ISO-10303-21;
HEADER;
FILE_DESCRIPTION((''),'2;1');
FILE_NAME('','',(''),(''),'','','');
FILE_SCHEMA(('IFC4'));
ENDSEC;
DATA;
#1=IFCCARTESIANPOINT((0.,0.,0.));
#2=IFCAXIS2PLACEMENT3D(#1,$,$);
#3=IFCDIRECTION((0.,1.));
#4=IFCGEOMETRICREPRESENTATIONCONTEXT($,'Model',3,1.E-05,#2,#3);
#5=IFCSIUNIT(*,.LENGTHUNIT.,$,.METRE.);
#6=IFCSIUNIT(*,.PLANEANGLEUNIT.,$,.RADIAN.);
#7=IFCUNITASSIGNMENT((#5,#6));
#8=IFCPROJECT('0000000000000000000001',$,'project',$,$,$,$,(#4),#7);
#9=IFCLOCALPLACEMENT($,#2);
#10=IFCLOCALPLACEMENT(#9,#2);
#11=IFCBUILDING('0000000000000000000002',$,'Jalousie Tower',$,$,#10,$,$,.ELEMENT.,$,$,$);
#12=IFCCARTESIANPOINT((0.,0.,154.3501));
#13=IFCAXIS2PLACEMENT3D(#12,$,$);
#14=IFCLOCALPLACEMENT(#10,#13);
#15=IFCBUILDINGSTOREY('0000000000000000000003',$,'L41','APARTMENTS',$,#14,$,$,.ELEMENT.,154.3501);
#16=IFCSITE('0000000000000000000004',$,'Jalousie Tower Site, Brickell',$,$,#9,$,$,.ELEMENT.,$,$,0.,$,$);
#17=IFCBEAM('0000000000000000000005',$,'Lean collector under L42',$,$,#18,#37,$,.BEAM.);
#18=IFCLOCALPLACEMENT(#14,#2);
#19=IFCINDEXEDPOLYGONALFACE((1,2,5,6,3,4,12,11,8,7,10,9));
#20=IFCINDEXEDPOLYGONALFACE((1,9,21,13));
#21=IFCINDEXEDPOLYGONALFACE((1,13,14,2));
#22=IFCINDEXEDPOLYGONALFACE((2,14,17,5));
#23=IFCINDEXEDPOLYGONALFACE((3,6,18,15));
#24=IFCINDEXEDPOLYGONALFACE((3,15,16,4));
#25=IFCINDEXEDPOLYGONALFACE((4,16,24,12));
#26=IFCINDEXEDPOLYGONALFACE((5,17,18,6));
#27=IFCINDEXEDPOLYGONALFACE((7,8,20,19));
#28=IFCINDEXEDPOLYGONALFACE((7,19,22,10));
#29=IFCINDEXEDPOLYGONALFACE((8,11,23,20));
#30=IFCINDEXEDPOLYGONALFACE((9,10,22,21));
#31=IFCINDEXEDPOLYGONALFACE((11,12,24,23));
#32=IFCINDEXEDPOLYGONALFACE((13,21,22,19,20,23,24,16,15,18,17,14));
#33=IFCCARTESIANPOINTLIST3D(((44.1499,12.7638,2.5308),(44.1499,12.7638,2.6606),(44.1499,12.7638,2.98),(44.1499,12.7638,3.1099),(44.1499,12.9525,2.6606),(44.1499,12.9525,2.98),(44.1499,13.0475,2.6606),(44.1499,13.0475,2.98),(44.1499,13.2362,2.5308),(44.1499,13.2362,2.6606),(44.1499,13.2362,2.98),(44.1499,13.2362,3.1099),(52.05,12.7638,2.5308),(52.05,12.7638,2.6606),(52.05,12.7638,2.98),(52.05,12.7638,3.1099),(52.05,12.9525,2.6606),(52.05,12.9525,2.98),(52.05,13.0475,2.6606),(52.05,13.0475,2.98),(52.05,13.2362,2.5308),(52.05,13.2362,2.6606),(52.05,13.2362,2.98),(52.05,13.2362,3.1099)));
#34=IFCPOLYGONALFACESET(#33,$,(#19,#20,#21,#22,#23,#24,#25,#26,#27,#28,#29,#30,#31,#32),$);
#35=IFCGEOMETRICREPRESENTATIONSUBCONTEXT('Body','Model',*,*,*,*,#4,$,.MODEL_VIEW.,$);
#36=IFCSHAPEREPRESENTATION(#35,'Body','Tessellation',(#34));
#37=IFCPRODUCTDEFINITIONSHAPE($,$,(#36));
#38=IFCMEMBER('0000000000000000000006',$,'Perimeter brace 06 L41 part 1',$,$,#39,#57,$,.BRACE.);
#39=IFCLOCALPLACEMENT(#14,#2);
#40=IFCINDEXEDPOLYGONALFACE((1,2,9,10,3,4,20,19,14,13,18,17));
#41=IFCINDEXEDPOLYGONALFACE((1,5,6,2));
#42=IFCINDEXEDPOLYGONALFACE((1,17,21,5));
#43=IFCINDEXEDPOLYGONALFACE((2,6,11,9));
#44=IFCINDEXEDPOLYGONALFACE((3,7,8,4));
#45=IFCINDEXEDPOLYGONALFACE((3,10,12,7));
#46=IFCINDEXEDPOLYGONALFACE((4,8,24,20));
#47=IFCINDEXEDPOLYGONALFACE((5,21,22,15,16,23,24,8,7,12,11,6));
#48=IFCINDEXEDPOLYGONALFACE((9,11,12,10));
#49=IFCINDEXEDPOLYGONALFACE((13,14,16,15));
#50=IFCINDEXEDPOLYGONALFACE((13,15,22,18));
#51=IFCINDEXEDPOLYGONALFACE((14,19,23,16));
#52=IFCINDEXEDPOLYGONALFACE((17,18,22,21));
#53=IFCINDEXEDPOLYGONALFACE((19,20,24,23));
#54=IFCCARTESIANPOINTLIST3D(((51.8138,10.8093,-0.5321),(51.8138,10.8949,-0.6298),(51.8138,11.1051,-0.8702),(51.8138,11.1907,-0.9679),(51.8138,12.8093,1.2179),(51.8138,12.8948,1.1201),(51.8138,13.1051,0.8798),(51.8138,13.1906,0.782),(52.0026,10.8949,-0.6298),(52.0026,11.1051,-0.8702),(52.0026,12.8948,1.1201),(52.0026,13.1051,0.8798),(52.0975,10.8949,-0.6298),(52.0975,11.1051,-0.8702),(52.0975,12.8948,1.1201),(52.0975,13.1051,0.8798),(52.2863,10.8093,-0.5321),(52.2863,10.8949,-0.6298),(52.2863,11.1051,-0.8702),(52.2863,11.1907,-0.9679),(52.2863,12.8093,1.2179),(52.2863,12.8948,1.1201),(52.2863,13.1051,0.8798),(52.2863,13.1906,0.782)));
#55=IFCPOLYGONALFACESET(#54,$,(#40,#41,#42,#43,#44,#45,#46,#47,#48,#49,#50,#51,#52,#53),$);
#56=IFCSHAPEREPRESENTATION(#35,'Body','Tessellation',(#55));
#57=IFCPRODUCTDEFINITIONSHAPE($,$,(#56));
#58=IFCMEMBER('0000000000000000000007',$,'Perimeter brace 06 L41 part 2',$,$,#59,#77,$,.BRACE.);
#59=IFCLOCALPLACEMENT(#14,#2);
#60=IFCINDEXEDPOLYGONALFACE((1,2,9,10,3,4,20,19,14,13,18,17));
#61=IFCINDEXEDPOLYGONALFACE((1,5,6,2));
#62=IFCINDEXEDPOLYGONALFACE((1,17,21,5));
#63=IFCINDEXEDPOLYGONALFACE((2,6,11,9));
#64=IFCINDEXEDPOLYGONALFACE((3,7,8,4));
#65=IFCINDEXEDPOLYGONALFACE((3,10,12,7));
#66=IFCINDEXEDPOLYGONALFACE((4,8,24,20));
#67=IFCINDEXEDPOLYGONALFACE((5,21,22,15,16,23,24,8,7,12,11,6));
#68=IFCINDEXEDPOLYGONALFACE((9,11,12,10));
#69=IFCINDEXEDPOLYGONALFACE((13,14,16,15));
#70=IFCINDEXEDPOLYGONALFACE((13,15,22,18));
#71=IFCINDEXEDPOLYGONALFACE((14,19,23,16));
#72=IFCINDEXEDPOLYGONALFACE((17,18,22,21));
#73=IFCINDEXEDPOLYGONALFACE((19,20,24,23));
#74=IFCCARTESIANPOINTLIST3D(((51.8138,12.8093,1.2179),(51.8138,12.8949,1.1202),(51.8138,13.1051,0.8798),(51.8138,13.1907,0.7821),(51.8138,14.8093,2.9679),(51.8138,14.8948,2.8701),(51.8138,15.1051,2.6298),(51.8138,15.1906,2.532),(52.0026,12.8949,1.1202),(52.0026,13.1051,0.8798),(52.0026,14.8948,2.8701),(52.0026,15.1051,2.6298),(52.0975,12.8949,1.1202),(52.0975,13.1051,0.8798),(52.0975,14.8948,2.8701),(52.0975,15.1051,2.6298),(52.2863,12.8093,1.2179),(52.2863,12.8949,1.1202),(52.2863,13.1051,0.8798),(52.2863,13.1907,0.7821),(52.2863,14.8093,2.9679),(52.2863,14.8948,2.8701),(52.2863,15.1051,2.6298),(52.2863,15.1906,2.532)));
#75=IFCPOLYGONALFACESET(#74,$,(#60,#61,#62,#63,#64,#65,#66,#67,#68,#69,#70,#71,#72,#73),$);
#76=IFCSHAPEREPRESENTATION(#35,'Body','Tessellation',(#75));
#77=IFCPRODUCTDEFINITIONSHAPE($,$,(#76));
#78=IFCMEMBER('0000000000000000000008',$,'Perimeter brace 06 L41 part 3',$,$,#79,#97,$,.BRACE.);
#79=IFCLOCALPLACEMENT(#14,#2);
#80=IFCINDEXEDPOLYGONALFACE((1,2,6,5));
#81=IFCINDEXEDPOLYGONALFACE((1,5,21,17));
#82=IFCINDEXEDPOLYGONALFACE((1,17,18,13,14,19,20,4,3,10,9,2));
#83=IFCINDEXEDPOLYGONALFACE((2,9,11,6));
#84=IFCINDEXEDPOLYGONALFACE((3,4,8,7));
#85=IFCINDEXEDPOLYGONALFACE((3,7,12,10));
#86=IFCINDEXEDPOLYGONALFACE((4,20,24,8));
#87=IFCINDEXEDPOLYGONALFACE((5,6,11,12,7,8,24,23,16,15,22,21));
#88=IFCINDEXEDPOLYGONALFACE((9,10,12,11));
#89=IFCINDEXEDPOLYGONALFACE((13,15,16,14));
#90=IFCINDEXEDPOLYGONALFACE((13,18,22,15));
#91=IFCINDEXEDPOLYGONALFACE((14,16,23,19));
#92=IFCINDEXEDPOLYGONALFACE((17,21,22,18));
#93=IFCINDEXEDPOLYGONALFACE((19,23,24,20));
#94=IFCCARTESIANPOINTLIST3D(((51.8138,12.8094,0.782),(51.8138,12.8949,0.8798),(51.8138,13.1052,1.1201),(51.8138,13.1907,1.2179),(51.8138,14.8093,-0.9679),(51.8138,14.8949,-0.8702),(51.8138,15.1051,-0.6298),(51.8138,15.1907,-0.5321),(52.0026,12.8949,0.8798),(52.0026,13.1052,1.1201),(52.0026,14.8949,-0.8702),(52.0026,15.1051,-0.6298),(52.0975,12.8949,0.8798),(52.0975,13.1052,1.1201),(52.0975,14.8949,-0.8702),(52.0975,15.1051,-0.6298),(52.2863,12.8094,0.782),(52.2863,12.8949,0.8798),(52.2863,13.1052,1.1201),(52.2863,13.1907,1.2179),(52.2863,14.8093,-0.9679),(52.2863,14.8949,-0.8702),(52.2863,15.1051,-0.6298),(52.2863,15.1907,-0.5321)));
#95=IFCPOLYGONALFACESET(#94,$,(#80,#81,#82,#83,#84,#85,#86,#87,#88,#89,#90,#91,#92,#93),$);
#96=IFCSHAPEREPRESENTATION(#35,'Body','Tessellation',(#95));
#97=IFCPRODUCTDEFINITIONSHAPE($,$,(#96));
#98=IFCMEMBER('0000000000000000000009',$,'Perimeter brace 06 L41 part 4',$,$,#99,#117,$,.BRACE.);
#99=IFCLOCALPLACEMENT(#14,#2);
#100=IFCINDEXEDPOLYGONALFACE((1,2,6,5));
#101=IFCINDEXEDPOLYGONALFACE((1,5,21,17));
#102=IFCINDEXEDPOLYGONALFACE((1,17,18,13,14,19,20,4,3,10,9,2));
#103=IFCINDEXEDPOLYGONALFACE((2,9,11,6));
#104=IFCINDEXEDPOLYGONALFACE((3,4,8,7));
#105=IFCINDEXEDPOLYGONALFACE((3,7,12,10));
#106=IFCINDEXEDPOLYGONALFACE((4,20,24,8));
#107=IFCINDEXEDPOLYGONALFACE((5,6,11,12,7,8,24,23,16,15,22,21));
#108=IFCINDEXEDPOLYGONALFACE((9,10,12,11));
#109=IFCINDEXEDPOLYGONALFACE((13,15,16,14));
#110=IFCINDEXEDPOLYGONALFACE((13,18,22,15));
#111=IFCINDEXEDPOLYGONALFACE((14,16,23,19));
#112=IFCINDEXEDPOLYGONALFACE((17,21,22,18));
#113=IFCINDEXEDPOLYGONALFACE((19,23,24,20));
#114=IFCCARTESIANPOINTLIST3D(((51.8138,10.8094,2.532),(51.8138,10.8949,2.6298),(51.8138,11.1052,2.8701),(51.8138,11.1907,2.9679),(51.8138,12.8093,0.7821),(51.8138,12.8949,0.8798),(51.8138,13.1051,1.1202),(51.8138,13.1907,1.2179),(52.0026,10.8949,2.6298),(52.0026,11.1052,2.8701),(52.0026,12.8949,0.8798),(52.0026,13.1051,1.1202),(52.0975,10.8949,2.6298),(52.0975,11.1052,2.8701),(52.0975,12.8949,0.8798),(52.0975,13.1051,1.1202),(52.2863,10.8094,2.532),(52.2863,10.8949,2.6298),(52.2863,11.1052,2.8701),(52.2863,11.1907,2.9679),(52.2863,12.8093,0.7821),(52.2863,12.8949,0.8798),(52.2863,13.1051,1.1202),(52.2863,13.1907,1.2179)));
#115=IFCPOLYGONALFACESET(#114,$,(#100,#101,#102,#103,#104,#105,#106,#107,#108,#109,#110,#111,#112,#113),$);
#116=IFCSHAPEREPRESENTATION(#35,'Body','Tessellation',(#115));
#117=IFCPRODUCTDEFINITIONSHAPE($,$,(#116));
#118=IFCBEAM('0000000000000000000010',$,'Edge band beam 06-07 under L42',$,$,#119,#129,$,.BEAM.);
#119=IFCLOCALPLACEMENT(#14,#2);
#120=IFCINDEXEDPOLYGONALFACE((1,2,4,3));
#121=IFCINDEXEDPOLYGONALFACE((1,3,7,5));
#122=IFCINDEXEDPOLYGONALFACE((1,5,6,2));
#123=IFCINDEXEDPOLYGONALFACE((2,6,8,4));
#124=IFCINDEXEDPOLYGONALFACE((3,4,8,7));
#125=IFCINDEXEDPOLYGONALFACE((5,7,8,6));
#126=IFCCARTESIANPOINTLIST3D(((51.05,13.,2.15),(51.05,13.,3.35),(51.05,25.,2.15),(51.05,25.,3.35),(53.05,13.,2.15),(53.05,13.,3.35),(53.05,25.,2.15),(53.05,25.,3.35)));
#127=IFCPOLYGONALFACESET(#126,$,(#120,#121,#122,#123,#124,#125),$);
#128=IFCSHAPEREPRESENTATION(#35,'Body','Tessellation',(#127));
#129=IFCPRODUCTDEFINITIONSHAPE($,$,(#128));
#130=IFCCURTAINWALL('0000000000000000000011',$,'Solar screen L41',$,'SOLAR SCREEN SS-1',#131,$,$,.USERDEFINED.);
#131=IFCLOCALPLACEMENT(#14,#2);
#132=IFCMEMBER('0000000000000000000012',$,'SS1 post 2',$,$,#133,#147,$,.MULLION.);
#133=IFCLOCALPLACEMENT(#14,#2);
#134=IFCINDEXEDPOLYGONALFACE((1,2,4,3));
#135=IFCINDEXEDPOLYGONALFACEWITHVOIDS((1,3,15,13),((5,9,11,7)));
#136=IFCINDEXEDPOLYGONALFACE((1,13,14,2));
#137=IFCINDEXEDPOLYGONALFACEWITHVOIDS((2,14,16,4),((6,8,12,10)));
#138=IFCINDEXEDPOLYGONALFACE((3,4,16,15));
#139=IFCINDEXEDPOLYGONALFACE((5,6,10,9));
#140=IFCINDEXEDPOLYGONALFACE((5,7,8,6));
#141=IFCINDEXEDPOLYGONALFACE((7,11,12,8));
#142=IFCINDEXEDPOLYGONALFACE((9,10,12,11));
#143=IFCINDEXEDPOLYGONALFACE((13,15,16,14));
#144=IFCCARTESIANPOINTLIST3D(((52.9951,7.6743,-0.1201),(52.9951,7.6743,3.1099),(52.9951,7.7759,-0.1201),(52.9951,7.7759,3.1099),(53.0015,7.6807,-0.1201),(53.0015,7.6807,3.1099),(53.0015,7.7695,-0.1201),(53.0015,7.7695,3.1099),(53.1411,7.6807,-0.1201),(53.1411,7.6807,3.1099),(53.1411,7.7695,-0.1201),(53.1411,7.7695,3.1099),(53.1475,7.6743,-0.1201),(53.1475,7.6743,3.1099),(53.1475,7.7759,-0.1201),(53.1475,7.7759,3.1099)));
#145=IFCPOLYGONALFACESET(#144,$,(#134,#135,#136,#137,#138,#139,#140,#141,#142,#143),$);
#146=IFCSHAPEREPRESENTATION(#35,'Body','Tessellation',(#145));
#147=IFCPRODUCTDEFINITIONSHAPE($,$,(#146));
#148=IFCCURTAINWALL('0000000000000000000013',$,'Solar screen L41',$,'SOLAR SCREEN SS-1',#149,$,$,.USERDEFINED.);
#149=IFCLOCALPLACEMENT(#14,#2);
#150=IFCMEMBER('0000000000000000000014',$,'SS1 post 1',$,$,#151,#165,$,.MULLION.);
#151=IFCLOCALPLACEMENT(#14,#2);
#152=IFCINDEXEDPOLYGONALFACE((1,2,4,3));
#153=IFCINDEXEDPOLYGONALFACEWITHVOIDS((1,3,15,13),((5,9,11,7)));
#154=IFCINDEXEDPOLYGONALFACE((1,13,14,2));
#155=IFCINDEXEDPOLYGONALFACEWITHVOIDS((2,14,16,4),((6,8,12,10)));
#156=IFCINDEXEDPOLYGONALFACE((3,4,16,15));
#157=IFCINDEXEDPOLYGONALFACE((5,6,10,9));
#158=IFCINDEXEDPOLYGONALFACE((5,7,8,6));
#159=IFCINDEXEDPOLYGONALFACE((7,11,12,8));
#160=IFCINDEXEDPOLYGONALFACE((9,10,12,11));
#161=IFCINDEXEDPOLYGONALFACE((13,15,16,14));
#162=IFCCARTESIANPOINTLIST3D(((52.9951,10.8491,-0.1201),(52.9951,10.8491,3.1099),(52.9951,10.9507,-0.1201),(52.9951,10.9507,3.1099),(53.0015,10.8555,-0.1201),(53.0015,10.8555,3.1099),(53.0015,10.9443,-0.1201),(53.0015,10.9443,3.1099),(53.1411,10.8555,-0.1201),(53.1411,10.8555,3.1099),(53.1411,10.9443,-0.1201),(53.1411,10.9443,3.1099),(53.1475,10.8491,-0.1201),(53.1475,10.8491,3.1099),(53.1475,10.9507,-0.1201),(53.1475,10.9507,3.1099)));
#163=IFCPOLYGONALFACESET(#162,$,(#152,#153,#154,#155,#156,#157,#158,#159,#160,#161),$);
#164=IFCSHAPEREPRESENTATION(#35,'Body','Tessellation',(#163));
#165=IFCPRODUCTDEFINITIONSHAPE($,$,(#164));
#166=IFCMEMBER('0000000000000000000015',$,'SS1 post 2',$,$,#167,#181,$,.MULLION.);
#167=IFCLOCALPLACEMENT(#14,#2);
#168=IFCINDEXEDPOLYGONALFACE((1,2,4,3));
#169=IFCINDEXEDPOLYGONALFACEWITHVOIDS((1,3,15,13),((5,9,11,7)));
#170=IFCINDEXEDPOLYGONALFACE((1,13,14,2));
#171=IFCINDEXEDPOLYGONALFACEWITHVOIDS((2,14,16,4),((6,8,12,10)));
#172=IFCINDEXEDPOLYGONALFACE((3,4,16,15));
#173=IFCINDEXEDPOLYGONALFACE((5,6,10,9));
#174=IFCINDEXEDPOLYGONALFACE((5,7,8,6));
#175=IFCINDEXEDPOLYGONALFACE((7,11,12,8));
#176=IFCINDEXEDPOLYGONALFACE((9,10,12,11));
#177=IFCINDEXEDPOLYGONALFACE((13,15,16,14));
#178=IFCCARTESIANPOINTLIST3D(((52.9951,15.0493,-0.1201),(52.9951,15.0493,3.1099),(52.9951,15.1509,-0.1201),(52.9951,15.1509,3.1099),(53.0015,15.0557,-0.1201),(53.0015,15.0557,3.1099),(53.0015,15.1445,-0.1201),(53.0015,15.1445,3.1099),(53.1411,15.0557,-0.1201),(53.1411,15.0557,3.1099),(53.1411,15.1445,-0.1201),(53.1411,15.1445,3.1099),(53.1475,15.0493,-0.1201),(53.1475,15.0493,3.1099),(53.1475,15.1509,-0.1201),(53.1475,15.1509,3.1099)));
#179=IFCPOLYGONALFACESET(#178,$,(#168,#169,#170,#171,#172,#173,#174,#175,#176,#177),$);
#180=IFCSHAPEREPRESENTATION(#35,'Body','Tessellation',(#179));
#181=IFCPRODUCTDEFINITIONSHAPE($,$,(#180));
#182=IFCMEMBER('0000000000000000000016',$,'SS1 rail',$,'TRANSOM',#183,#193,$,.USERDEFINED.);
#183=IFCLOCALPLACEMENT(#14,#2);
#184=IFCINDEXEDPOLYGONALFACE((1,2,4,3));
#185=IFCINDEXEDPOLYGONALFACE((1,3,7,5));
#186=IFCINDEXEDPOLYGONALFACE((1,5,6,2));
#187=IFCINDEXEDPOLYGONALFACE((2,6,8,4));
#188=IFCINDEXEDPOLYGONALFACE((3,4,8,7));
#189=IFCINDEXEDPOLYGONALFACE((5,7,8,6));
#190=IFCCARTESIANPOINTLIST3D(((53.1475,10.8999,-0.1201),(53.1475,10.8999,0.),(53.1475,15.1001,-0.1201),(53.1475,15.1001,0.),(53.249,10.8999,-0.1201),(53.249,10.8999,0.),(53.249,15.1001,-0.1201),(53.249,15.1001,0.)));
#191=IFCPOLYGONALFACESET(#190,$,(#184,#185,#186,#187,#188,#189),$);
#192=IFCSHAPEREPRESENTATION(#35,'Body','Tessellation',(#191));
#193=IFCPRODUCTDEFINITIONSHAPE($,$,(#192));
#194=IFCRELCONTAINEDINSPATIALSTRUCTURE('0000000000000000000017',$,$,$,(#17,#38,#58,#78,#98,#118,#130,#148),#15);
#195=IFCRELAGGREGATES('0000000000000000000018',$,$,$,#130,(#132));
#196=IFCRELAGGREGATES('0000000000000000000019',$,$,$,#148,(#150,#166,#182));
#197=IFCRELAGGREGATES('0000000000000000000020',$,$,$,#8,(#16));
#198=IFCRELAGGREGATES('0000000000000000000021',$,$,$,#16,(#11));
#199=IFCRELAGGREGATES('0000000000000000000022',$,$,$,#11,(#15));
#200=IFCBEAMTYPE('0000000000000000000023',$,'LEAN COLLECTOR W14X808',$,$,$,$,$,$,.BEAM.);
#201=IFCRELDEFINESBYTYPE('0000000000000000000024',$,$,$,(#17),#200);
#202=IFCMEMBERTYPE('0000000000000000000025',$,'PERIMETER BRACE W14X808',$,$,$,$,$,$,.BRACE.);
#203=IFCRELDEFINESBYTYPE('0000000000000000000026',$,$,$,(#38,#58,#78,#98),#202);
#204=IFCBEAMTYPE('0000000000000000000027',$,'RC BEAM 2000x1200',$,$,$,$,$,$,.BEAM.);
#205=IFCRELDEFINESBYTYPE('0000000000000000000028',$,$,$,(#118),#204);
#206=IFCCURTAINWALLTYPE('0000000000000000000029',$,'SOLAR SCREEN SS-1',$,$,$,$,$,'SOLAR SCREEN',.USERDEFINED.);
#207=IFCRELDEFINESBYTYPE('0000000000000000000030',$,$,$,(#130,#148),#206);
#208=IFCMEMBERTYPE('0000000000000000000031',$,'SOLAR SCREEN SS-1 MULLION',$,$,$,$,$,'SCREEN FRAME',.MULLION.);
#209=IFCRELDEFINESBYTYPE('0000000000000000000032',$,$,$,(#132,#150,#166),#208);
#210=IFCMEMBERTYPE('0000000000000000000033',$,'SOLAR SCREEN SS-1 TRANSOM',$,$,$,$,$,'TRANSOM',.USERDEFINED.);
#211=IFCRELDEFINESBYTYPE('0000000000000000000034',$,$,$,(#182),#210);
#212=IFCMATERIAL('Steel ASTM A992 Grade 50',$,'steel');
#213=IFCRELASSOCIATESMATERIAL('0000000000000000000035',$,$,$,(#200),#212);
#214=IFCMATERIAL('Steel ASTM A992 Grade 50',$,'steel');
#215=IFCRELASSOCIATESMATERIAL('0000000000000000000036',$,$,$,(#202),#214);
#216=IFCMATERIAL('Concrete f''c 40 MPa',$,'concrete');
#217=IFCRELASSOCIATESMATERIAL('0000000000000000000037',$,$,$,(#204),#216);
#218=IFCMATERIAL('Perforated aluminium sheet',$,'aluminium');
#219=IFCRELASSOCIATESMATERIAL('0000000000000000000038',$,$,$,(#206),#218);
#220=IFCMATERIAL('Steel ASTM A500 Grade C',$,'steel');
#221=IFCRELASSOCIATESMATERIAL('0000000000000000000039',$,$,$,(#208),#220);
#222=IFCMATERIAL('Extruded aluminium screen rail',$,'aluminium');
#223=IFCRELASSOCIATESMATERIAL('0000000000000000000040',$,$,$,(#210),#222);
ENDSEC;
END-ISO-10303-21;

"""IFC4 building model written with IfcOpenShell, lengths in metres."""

from ifc_helpers import new_model, si_unit, direction, frame, origin, origin_2d, place, context, subcontext, project, spatial, rectangle, hollow_rectangle, i_section, extrude, material, material_profile, profile_set, type_object, element, aggregate, save


model = new_model("IFC4")

# Units and contexts
model_context = context("Model", 3, precision=1e-05, world=origin(), true_north=direction((0.0, 1.0)))
body_context = subcontext(model_context, "Body", "Model", "MODEL_VIEW")
ifc_project = project(units=[si_unit("LENGTHUNIT", "METRE"), si_unit("PLANEANGLEUNIT", "RADIAN")], contexts=[model_context])

# Site, building, storey
site_placement = place(None, origin())
site = spatial("IfcSite", under=ifc_project, at=site_placement, Name="Jalousie Tower Site, Brickell", CompositionType="ELEMENT", RefElevation=0.0)
building_placement = place(site_placement, origin())
building = spatial("IfcBuilding", under=site, at=building_placement, Name="Jalousie Tower", CompositionType="ELEMENT")
storey_placement = place(building_placement, frame((0.0, 0.0, 154.3501)))
storey = spatial("IfcBuildingStorey", under=building, at=storey_placement, Name="L41", Description="APARTMENTS", CompositionType="ELEMENT", Elevation=154.3501)

# Beam
ifc_material_1 = material(Name="Steel ASTM A992 Grade 50", Category="steel")
ifc_material_profile_1 = material_profile(ifc_material_1, i_section(OverallWidth=0.4724, OverallDepth=0.5791, WebThickness=0.095, FlangeThickness=0.1299, at=origin_2d()), Name="W14X808")
ifc_profile_set_1 = profile_set([ifc_material_profile_1], Name="Steel ASTM A992 Grade 50")
beam_type_1 = type_object("IfcBeamType", Name="LEAN COLLECTOR W14X808", PredefinedType="BEAM", material=ifc_profile_set_1)
beam_1_placement = place(storey_placement, frame((52.05, 13.0, 2.8203), z_axis=(-1.0, 0.0, 0.0), x_axis=(0.0, -1.0, 0.0)))
element("IfcBeam", 1, at=beam_1_placement, inside=storey, type_object=beam_type_1, Name="Lean collector under L42", PredefinedType="BEAM", context=body_context, shape_type="SweptSolid", body=[
    extrude(i_section(OverallWidth=0.4724, OverallDepth=0.5791, WebThickness=0.095, FlangeThickness=0.1299, at=origin_2d()), origin(), (0.0, 0.0, 1.0), 7.9001),
])

# Members
ifc_material_2 = material(Name="Steel ASTM A992 Grade 50", Category="steel")
ifc_material_profile_2 = material_profile(ifc_material_2, i_section(OverallWidth=0.4724, OverallDepth=0.5791, WebThickness=0.095, FlangeThickness=0.1299, at=origin_2d()), Name="W14X808")
ifc_profile_set_2 = profile_set([ifc_material_profile_2], Name="Steel ASTM A992 Grade 50")
member_type_1 = type_object("IfcMemberType", Name="PERIMETER BRACE W14X808", PredefinedType="BRACE", material=ifc_profile_set_2)
for number, where, z_axis, x_axis, name in (
    (2, (52.05, 11.0, -0.75), (0.0, 0.752577, 0.658505), (-1.0, 0.0, 0.0), "Perimeter brace 06 L41 part 1"),
    (3, (52.05, 13.0, 1.0), (0.0, 0.752577, 0.658505), (-1.0, 0.0, 0.0), "Perimeter brace 06 L41 part 2"),
    (4, (52.05, 15.0, -0.75), (0.0, -0.752577, 0.658505), (1.0, 0.0, 0.0), "Perimeter brace 06 L41 part 3"),
    (5, (52.05, 13.0, 1.0), (0.0, -0.752577, 0.658505), (1.0, 0.0, 0.0), "Perimeter brace 06 L41 part 4"),
):
    element("IfcMember", number, at=place(storey_placement, frame(where, z_axis=z_axis, x_axis=x_axis)), inside=storey, type_object=member_type_1, Name=name, PredefinedType="BRACE", context=body_context, shape_type="SweptSolid", body=[
        extrude(i_section(OverallWidth=0.4724, OverallDepth=0.5791, WebThickness=0.095, FlangeThickness=0.1299, at=origin_2d()), origin(), (0.0, 0.0, 1.0), 2.6575),
    ])

# Beam
ifc_material_3 = material(Name="Concrete f'c 40 MPa", Category="concrete")
ifc_material_profile_3 = material_profile(ifc_material_3, rectangle(XDim=2.0, YDim=1.2, at=origin_2d()), Name="RC 2000x1200")
ifc_profile_set_3 = profile_set([ifc_material_profile_3], Name="Concrete f'c 40 MPa")
beam_type_2 = type_object("IfcBeamType", Name="RC BEAM 2000x1200", PredefinedType="BEAM", material=ifc_profile_set_3)
beam_2_placement = place(storey_placement, frame((52.05, 13.0, 2.75), z_axis=(0.0, 1.0, 0.0), x_axis=(-1.0, 0.0, 0.0)))
element("IfcBeam", 6, at=beam_2_placement, inside=storey, type_object=beam_type_2, Name="Edge band beam 06-07 under L42", PredefinedType="BEAM", context=body_context, shape_type="SweptSolid", body=[
    extrude(rectangle(XDim=2.0, YDim=1.2, at=origin_2d()), origin(), (0.0, 0.0, 1.0), 12.0),
])

# Curtain wall, member
ifc_material_4 = material(Name="Perforated aluminium sheet", Category="aluminium")
curtain_wall_type = type_object("IfcCurtainWallType", Name="SOLAR SCREEN SS-1", ElementType="SOLAR SCREEN", PredefinedType="USERDEFINED", material=ifc_material_4)
curtain_wall_1_placement = place(storey_placement, origin())
curtain_wall_1 = element("IfcCurtainWall", 7, at=curtain_wall_1_placement, inside=storey, type_object=curtain_wall_type, Name="Solar screen L41", ObjectType="SOLAR SCREEN SS-1", PredefinedType="USERDEFINED")
ifc_material_5 = material(Name="Steel ASTM A500 Grade C", Category="steel")
ifc_material_profile_4 = material_profile(ifc_material_5, hollow_rectangle(XDim=0.1016, YDim=0.1523, WallThickness=0.0063, at=origin_2d()), Name="HSS6X4X1/4")
ifc_profile_set_4 = profile_set([ifc_material_profile_4], Name="Steel ASTM A500 Grade C")
member_type_2 = type_object("IfcMemberType", Name="SOLAR SCREEN SS-1 MULLION", ElementType="SCREEN FRAME", PredefinedType="MULLION", material=ifc_profile_set_4)
member_1_placement = place(storey_placement, frame((53.0713, 7.7251, -0.1201), z_axis=(0.0, 0.0, 1.0), x_axis=(0.0, 1.0, 0.0)))
member_1 = element("IfcMember", 8, at=member_1_placement, type_object=member_type_2, Name="SS1 post 2", PredefinedType="MULLION", context=body_context, shape_type="SweptSolid", body=[
    extrude(hollow_rectangle(XDim=0.1016, YDim=0.1523, WallThickness=0.0063, at=origin_2d()), origin(), (0.0, 0.0, 1.0), 3.23),
])

# Curtain wall, members
curtain_wall_2_placement = place(storey_placement, origin())
curtain_wall_2 = element("IfcCurtainWall", 9, at=curtain_wall_2_placement, inside=storey, type_object=curtain_wall_type, Name="Solar screen L41", ObjectType="SOLAR SCREEN SS-1", PredefinedType="USERDEFINED")
member_2_placement = place(storey_placement, frame((53.0713, 10.8999, -0.1201), z_axis=(0.0, 0.0, 1.0), x_axis=(0.0, 1.0, 0.0)))
member_2 = element("IfcMember", 10, at=member_2_placement, type_object=member_type_2, Name="SS1 post 1", PredefinedType="MULLION", context=body_context, shape_type="SweptSolid", body=[
    extrude(hollow_rectangle(XDim=0.1016, YDim=0.1523, WallThickness=0.0063, at=origin_2d()), origin(), (0.0, 0.0, 1.0), 3.23),
])
member_3_placement = place(storey_placement, frame((53.0713, 15.1001, -0.1201), z_axis=(0.0, 0.0, 1.0), x_axis=(0.0, 1.0, 0.0)))
member_3 = element("IfcMember", 11, at=member_3_placement, type_object=member_type_2, Name="SS1 post 2", PredefinedType="MULLION", context=body_context, shape_type="SweptSolid", body=[
    extrude(hollow_rectangle(XDim=0.1016, YDim=0.1523, WallThickness=0.0063, at=origin_2d()), origin(), (0.0, 0.0, 1.0), 3.23),
])
ifc_material_6 = material(Name="Extruded aluminium screen rail", Category="aluminium")
ifc_material_profile_5 = material_profile(ifc_material_6, rectangle(XDim=0.1016, YDim=0.1201, at=origin_2d()), Name="RAIL 102x120")
ifc_profile_set_5 = profile_set([ifc_material_profile_5], Name="Extruded aluminium screen rail")
member_type_3 = type_object("IfcMemberType", Name="SOLAR SCREEN SS-1 TRANSOM", ElementType="TRANSOM", PredefinedType="USERDEFINED", material=ifc_profile_set_5)
member_4_placement = place(storey_placement, frame((53.1982, 10.8999, -0.0601), z_axis=(0.0, 1.0, 0.0), x_axis=(-1.0, 0.0, 0.0)))
member_4 = element("IfcMember", 12, at=member_4_placement, type_object=member_type_3, Name="SS1 rail", ObjectType="TRANSOM", PredefinedType="USERDEFINED", context=body_context, shape_type="SweptSolid", body=[
    extrude(rectangle(XDim=0.1016, YDim=0.1201, at=origin_2d()), origin(), (0.0, 0.0, 1.0), 4.2002),
])

aggregate(curtain_wall_1, [member_1])
aggregate(curtain_wall_2, [member_2, member_3, member_4])

save(model, "model.ifc")
